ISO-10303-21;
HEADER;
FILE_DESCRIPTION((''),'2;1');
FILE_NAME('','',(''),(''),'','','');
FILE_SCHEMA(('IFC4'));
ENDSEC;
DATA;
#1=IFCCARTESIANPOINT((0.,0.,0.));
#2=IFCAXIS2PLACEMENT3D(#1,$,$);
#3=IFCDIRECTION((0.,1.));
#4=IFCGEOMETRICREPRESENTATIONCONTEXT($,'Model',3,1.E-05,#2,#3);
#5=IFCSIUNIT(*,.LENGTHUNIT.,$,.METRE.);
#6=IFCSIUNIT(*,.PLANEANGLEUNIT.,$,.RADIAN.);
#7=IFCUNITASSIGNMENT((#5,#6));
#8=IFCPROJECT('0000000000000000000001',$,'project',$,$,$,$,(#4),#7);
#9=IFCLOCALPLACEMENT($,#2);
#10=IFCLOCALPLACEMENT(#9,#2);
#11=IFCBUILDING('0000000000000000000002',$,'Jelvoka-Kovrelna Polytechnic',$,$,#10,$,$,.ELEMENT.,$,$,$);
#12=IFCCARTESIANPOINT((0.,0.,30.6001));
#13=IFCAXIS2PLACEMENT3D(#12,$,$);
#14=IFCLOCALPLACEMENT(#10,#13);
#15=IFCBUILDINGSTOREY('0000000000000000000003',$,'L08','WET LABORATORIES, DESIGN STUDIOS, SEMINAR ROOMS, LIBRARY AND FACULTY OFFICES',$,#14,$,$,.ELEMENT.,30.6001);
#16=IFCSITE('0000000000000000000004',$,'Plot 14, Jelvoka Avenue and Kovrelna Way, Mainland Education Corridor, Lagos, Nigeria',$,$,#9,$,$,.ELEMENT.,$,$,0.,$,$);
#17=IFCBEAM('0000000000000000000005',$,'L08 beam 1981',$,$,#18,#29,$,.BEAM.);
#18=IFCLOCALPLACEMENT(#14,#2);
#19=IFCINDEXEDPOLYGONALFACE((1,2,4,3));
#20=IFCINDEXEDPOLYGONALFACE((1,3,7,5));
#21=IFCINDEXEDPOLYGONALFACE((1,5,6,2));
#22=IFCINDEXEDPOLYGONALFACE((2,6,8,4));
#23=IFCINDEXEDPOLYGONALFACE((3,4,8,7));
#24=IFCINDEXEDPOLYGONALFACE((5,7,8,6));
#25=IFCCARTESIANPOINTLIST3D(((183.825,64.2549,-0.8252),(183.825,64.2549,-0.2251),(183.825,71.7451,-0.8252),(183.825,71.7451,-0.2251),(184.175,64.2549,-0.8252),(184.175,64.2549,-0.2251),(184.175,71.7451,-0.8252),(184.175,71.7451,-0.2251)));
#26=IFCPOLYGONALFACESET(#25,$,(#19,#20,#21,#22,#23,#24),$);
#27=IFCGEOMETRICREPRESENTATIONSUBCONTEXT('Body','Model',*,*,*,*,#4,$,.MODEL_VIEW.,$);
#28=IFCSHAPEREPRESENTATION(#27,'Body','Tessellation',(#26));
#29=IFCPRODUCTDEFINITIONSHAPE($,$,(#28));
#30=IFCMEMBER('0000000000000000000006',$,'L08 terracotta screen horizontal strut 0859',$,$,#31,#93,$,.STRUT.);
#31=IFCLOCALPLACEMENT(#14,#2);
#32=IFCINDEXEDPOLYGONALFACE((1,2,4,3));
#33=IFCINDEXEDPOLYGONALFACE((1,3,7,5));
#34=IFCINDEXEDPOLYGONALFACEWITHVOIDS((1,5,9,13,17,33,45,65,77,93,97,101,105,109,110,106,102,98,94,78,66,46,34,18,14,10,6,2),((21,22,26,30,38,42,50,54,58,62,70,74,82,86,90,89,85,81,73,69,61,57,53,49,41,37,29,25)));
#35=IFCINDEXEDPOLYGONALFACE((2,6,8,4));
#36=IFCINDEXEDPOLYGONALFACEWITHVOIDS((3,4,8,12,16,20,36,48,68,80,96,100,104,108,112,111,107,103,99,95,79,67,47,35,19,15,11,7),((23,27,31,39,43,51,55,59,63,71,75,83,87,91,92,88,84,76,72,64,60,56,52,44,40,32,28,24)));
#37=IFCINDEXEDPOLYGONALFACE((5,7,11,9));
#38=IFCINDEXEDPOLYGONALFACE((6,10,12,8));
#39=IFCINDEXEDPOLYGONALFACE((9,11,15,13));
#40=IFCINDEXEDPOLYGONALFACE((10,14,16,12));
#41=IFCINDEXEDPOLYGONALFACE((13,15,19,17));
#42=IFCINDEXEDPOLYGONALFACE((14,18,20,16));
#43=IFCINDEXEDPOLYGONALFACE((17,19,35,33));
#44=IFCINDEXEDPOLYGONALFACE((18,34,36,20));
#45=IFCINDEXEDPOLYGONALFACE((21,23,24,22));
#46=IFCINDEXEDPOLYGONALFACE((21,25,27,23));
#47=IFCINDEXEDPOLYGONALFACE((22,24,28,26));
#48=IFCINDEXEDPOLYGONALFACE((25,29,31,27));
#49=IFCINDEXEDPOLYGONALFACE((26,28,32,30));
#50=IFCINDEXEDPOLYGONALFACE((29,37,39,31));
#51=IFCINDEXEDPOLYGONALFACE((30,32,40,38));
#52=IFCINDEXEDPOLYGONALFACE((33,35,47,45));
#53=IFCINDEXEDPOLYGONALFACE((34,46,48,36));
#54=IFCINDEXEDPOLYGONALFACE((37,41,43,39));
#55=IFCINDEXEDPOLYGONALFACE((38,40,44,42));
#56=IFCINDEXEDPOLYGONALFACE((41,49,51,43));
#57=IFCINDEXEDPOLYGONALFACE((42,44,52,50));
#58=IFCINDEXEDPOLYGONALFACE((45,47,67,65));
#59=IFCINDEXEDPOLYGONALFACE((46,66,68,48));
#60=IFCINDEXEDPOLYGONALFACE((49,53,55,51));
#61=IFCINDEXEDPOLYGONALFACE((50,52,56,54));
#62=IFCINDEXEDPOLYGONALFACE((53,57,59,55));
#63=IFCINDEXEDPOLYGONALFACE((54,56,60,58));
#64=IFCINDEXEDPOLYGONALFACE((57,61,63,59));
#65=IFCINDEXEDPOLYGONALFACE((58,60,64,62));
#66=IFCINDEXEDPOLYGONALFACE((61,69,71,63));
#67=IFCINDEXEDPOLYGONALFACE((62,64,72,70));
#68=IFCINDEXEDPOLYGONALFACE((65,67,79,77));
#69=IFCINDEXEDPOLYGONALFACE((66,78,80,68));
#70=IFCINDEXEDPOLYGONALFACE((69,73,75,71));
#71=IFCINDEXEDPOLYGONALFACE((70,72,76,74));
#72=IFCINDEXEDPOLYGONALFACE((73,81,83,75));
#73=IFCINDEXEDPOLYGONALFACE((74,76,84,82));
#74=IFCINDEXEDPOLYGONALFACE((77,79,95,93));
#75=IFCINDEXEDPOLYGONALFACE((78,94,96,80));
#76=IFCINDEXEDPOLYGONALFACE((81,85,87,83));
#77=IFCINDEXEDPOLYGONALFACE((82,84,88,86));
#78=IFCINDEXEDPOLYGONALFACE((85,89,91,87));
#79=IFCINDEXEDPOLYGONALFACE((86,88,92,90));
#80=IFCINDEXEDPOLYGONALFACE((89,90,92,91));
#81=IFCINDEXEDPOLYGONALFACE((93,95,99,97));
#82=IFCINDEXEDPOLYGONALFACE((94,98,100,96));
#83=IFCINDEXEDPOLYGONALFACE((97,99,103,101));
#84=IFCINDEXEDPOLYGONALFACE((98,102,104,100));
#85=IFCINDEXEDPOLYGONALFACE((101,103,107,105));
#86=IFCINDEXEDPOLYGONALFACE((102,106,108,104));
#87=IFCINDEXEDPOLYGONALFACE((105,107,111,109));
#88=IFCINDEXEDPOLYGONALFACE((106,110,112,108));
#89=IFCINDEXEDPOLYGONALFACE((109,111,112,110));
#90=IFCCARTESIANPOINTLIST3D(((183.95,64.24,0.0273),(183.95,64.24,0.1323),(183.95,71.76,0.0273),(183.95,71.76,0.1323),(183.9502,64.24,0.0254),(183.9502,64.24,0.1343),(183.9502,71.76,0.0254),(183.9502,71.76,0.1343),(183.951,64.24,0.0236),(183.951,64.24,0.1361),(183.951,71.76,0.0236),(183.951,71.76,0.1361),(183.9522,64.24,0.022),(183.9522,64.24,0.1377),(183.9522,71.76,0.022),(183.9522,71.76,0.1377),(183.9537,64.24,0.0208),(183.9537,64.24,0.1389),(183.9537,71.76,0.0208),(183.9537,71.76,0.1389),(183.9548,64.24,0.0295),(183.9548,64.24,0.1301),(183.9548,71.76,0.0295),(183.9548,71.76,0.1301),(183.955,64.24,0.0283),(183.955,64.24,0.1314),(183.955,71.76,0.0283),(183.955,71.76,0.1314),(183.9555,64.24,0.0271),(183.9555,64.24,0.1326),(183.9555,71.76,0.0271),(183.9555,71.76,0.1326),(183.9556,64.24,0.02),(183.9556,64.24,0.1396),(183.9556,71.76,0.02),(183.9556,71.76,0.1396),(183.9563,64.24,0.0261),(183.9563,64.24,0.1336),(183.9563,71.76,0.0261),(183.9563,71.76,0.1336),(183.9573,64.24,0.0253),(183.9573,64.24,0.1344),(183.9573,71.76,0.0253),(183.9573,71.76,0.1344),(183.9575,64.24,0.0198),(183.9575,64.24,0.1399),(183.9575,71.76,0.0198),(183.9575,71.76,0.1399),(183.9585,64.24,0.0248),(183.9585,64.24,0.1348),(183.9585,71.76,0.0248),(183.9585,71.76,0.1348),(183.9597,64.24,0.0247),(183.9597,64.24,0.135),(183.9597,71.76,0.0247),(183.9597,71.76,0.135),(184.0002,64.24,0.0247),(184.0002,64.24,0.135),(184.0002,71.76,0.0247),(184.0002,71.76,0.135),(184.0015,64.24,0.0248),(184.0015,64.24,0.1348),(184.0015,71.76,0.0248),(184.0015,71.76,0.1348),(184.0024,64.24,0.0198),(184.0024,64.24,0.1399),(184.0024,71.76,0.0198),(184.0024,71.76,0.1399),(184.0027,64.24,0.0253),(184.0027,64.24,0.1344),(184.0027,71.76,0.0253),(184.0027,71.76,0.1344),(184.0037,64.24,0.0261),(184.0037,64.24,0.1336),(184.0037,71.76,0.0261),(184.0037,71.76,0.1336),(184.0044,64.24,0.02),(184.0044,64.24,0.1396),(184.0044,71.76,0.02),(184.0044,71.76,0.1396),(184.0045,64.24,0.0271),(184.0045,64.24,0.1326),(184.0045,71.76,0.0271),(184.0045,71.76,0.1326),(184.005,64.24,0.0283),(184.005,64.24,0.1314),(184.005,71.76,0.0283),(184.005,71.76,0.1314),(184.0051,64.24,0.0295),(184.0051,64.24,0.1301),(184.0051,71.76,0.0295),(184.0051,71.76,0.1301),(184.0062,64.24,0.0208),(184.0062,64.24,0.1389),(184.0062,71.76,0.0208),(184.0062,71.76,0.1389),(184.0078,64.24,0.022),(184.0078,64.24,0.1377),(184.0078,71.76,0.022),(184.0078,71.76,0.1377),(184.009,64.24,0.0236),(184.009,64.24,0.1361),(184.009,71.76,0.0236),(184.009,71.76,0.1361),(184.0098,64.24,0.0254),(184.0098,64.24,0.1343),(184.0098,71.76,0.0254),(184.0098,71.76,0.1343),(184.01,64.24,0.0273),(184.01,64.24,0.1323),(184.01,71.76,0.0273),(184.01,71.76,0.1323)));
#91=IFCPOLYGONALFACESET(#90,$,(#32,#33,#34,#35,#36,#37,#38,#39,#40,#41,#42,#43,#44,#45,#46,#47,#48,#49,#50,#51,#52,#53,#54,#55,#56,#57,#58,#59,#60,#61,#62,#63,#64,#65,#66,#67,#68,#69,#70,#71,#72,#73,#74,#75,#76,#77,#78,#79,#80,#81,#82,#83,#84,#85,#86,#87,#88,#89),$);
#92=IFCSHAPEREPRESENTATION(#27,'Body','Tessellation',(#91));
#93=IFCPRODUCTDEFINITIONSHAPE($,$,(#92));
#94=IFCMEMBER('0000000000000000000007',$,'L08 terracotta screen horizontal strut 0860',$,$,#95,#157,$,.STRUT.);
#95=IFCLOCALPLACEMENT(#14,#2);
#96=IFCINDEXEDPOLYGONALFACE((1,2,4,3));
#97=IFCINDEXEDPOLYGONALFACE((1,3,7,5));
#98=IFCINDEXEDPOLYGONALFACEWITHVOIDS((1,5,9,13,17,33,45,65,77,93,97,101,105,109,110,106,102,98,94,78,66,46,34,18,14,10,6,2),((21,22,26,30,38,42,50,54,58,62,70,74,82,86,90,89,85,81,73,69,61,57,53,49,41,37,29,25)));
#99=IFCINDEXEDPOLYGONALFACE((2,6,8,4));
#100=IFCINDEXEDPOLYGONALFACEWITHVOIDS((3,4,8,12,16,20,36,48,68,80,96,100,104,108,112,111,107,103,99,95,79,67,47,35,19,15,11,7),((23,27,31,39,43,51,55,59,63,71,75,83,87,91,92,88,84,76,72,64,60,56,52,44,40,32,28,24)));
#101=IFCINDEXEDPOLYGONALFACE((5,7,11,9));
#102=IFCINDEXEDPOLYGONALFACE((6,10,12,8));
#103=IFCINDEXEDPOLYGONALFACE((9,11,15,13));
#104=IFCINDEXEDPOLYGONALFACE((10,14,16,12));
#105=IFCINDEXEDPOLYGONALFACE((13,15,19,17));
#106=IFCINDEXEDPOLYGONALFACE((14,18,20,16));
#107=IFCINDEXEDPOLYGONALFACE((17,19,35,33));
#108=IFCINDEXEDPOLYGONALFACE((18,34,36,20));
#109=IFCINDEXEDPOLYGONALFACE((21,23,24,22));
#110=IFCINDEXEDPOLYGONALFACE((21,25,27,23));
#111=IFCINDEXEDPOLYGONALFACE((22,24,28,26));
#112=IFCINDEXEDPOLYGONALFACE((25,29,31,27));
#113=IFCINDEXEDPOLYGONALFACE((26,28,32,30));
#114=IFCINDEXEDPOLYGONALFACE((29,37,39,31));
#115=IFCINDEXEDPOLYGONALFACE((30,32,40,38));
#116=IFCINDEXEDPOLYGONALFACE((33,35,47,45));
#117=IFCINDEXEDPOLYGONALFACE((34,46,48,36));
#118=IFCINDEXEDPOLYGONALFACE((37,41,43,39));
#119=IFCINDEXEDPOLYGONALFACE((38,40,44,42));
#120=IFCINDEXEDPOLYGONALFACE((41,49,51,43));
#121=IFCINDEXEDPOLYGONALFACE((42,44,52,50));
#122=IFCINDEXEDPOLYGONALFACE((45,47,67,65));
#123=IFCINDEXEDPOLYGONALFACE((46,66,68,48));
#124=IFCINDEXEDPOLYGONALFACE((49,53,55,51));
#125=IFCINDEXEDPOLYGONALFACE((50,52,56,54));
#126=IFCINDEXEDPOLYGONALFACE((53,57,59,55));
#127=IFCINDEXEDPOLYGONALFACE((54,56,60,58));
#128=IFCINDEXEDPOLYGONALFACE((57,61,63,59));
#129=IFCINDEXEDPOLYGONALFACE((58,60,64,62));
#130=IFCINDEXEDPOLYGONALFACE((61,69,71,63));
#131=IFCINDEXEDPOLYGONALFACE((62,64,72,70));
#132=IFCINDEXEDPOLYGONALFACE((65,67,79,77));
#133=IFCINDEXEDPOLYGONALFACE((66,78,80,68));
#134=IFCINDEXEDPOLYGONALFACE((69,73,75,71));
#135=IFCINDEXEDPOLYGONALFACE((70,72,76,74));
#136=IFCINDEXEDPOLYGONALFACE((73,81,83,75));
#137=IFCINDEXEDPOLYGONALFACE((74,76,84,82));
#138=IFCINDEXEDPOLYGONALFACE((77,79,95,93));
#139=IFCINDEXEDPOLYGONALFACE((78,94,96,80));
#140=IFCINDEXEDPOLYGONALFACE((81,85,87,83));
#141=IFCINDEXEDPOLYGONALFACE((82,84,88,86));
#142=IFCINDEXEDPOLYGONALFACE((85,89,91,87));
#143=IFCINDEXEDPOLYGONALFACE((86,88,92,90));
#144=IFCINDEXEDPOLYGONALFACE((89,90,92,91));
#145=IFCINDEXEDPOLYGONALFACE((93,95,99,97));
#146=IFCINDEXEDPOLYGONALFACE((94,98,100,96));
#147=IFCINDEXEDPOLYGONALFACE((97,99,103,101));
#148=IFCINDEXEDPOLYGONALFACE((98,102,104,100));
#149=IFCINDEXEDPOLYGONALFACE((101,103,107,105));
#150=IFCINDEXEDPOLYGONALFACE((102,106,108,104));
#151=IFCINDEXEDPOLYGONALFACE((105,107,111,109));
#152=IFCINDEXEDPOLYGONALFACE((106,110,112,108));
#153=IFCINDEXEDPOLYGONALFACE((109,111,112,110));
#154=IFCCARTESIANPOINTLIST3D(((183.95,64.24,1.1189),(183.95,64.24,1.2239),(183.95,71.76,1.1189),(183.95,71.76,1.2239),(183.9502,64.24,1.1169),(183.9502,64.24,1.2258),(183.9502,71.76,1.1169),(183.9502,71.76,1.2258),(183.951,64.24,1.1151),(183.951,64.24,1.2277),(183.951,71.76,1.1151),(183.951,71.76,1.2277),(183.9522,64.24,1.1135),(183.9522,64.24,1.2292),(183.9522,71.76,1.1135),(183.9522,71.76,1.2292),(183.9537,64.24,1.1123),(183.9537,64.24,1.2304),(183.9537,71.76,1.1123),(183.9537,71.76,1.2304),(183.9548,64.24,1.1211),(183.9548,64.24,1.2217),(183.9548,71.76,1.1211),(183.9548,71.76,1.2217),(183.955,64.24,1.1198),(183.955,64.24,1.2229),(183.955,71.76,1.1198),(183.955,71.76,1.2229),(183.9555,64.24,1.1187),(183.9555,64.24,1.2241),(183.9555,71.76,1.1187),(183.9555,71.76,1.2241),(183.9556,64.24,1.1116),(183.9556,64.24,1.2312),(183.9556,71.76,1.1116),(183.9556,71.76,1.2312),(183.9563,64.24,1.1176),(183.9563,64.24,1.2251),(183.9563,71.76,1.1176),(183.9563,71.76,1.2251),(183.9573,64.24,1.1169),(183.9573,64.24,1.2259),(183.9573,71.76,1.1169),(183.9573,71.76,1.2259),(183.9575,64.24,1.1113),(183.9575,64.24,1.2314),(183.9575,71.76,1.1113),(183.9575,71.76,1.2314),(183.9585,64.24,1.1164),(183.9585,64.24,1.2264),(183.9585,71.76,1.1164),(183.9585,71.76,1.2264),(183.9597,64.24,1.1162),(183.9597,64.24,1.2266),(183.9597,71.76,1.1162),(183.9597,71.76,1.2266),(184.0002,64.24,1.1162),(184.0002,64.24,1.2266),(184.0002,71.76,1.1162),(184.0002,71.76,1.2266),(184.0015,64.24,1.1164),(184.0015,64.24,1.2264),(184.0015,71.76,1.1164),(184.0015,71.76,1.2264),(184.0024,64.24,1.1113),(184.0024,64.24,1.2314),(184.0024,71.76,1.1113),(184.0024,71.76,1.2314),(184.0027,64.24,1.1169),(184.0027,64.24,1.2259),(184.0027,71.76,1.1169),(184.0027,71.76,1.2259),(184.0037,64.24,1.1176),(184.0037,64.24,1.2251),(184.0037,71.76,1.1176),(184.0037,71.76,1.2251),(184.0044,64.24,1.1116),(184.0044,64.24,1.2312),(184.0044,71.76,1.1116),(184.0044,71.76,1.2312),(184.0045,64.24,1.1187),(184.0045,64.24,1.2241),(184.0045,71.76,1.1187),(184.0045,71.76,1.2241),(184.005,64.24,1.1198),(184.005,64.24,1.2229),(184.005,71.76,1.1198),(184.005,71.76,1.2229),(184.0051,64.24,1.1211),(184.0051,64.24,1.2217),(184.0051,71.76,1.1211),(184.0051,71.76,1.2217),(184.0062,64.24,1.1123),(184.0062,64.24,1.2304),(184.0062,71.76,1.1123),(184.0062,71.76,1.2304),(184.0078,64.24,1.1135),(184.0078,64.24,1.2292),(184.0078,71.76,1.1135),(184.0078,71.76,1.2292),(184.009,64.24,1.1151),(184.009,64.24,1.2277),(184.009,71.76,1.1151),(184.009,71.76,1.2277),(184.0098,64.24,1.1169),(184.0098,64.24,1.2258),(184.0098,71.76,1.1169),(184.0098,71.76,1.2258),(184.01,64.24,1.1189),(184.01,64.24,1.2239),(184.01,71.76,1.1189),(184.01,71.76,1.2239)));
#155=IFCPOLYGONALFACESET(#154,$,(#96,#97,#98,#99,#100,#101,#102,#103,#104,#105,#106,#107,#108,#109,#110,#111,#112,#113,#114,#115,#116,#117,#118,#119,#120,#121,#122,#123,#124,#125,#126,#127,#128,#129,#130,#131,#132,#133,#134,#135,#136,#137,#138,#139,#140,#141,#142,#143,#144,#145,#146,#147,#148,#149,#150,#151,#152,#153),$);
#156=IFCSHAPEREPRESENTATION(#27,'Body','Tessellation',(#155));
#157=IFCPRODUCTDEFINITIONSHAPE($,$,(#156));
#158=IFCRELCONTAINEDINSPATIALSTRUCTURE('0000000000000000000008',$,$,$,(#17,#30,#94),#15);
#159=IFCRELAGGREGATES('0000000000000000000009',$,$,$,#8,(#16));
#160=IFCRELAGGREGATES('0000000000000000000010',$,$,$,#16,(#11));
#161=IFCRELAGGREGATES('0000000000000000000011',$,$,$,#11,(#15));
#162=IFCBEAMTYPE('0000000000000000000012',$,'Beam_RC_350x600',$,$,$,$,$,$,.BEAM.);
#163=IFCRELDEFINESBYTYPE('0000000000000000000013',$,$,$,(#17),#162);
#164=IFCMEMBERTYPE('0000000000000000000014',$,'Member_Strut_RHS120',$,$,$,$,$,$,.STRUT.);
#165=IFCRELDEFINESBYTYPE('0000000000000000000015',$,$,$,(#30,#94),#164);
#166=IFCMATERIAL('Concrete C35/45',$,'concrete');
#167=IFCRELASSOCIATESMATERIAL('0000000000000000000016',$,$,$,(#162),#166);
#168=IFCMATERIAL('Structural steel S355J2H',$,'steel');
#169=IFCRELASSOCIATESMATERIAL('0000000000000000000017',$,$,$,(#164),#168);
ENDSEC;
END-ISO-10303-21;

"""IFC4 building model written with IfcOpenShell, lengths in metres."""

from ifc_helpers import new_model, si_unit, direction, frame, origin, origin_2d, place, context, subcontext, project, spatial, rectangle, hollow_rectangle, extrude, material, material_profile, profile_set, type_object, element, save


model = new_model("IFC4")

# Units and contexts
model_context = context("Model", 3, precision=1e-05, world=origin(), true_north=direction((0.0, 1.0)))
body_context = subcontext(model_context, "Body", "Model", "MODEL_VIEW")
ifc_project = project(units=[si_unit("LENGTHUNIT", "METRE"), si_unit("PLANEANGLEUNIT", "RADIAN")], contexts=[model_context])

# Site, building, storey
site_placement = place(None, origin())
site = spatial("IfcSite", under=ifc_project, at=site_placement, Name="Plot 14, Jelvoka Avenue and Kovrelna Way, Mainland Education Corridor, Lagos, Nigeria", CompositionType="ELEMENT", RefElevation=0.0)
building_placement = place(site_placement, origin())
building = spatial("IfcBuilding", under=site, at=building_placement, Name="Jelvoka-Kovrelna Polytechnic", CompositionType="ELEMENT")
storey_placement = place(building_placement, frame((0.0, 0.0, 30.6001)))
storey = spatial("IfcBuildingStorey", under=building, at=storey_placement, Name="L08", Description="WET LABORATORIES, DESIGN STUDIOS, SEMINAR ROOMS, LIBRARY AND FACULTY OFFICES", CompositionType="ELEMENT", Elevation=30.6001)

# Beam
ifc_material_1 = material(Name="Concrete C35/45", Category="concrete")
ifc_material_profile_1 = material_profile(ifc_material_1, rectangle(XDim=0.3501, YDim=0.6001, at=origin_2d()), Name="RC 350x600")
ifc_profile_set_1 = profile_set([ifc_material_profile_1], Name="Concrete C35/45")
beam_type = type_object("IfcBeamType", Name="Beam_RC_350x600", PredefinedType="BEAM", material=ifc_profile_set_1)
beam_placement = place(storey_placement, frame((184.0, 64.2549, -0.5251), z_axis=(0.0, 1.0, 0.0), x_axis=(-1.0, 0.0, 0.0)))
element("IfcBeam", 1, at=beam_placement, inside=storey, type_object=beam_type, Name="L08 beam 1981", PredefinedType="BEAM", context=body_context, shape_type="SweptSolid", body=[
    extrude(rectangle(XDim=0.3501, YDim=0.6001, at=origin_2d()), origin(), (0.0, 0.0, 1.0), 7.4902),
])

# Members
ifc_material_2 = material(Name="Structural steel S355J2H", Category="steel")
ifc_material_profile_2 = material_profile(ifc_material_2, hollow_rectangle(XDim=0.0601, YDim=0.1201, WallThickness=0.0049, InnerFilletRadius=0.0049, OuterFilletRadius=0.0076, at=origin_2d()), Name="120x60x5.0 RHS")
ifc_profile_set_2 = profile_set([ifc_material_profile_2], Name="Structural steel S355J2H")
member_type_1 = type_object("IfcMemberType", Name="Member_Strut_RHS120", PredefinedType="STRUT", material=ifc_profile_set_2)
for number, where, z_axis, x_axis, name in (
    (2, (183.98, 64.24, 0.0798), (0.0, 1.0, 0.0), (-1.0, 0.0, 0.0), "L08 terracotta screen horizontal strut 0859"),
    (3, (183.98, 64.24, 1.1714), (0.0, 1.0, 0.0), (-1.0, 0.0, 0.0), "L08 terracotta screen horizontal strut 0860"),
):
    element("IfcMember", number, at=place(storey_placement, frame(where, z_axis=z_axis, x_axis=x_axis)), inside=storey, type_object=member_type_1, Name=name, PredefinedType="STRUT", context=body_context, shape_type="SweptSolid", body=[
        extrude(hollow_rectangle(XDim=0.0601, YDim=0.1201, WallThickness=0.0049, InnerFilletRadius=0.0049, OuterFilletRadius=0.0076, at=origin_2d()), origin(), (0.0, 0.0, 1.0), 7.52),
    ])

save(model, "model.ifc")
